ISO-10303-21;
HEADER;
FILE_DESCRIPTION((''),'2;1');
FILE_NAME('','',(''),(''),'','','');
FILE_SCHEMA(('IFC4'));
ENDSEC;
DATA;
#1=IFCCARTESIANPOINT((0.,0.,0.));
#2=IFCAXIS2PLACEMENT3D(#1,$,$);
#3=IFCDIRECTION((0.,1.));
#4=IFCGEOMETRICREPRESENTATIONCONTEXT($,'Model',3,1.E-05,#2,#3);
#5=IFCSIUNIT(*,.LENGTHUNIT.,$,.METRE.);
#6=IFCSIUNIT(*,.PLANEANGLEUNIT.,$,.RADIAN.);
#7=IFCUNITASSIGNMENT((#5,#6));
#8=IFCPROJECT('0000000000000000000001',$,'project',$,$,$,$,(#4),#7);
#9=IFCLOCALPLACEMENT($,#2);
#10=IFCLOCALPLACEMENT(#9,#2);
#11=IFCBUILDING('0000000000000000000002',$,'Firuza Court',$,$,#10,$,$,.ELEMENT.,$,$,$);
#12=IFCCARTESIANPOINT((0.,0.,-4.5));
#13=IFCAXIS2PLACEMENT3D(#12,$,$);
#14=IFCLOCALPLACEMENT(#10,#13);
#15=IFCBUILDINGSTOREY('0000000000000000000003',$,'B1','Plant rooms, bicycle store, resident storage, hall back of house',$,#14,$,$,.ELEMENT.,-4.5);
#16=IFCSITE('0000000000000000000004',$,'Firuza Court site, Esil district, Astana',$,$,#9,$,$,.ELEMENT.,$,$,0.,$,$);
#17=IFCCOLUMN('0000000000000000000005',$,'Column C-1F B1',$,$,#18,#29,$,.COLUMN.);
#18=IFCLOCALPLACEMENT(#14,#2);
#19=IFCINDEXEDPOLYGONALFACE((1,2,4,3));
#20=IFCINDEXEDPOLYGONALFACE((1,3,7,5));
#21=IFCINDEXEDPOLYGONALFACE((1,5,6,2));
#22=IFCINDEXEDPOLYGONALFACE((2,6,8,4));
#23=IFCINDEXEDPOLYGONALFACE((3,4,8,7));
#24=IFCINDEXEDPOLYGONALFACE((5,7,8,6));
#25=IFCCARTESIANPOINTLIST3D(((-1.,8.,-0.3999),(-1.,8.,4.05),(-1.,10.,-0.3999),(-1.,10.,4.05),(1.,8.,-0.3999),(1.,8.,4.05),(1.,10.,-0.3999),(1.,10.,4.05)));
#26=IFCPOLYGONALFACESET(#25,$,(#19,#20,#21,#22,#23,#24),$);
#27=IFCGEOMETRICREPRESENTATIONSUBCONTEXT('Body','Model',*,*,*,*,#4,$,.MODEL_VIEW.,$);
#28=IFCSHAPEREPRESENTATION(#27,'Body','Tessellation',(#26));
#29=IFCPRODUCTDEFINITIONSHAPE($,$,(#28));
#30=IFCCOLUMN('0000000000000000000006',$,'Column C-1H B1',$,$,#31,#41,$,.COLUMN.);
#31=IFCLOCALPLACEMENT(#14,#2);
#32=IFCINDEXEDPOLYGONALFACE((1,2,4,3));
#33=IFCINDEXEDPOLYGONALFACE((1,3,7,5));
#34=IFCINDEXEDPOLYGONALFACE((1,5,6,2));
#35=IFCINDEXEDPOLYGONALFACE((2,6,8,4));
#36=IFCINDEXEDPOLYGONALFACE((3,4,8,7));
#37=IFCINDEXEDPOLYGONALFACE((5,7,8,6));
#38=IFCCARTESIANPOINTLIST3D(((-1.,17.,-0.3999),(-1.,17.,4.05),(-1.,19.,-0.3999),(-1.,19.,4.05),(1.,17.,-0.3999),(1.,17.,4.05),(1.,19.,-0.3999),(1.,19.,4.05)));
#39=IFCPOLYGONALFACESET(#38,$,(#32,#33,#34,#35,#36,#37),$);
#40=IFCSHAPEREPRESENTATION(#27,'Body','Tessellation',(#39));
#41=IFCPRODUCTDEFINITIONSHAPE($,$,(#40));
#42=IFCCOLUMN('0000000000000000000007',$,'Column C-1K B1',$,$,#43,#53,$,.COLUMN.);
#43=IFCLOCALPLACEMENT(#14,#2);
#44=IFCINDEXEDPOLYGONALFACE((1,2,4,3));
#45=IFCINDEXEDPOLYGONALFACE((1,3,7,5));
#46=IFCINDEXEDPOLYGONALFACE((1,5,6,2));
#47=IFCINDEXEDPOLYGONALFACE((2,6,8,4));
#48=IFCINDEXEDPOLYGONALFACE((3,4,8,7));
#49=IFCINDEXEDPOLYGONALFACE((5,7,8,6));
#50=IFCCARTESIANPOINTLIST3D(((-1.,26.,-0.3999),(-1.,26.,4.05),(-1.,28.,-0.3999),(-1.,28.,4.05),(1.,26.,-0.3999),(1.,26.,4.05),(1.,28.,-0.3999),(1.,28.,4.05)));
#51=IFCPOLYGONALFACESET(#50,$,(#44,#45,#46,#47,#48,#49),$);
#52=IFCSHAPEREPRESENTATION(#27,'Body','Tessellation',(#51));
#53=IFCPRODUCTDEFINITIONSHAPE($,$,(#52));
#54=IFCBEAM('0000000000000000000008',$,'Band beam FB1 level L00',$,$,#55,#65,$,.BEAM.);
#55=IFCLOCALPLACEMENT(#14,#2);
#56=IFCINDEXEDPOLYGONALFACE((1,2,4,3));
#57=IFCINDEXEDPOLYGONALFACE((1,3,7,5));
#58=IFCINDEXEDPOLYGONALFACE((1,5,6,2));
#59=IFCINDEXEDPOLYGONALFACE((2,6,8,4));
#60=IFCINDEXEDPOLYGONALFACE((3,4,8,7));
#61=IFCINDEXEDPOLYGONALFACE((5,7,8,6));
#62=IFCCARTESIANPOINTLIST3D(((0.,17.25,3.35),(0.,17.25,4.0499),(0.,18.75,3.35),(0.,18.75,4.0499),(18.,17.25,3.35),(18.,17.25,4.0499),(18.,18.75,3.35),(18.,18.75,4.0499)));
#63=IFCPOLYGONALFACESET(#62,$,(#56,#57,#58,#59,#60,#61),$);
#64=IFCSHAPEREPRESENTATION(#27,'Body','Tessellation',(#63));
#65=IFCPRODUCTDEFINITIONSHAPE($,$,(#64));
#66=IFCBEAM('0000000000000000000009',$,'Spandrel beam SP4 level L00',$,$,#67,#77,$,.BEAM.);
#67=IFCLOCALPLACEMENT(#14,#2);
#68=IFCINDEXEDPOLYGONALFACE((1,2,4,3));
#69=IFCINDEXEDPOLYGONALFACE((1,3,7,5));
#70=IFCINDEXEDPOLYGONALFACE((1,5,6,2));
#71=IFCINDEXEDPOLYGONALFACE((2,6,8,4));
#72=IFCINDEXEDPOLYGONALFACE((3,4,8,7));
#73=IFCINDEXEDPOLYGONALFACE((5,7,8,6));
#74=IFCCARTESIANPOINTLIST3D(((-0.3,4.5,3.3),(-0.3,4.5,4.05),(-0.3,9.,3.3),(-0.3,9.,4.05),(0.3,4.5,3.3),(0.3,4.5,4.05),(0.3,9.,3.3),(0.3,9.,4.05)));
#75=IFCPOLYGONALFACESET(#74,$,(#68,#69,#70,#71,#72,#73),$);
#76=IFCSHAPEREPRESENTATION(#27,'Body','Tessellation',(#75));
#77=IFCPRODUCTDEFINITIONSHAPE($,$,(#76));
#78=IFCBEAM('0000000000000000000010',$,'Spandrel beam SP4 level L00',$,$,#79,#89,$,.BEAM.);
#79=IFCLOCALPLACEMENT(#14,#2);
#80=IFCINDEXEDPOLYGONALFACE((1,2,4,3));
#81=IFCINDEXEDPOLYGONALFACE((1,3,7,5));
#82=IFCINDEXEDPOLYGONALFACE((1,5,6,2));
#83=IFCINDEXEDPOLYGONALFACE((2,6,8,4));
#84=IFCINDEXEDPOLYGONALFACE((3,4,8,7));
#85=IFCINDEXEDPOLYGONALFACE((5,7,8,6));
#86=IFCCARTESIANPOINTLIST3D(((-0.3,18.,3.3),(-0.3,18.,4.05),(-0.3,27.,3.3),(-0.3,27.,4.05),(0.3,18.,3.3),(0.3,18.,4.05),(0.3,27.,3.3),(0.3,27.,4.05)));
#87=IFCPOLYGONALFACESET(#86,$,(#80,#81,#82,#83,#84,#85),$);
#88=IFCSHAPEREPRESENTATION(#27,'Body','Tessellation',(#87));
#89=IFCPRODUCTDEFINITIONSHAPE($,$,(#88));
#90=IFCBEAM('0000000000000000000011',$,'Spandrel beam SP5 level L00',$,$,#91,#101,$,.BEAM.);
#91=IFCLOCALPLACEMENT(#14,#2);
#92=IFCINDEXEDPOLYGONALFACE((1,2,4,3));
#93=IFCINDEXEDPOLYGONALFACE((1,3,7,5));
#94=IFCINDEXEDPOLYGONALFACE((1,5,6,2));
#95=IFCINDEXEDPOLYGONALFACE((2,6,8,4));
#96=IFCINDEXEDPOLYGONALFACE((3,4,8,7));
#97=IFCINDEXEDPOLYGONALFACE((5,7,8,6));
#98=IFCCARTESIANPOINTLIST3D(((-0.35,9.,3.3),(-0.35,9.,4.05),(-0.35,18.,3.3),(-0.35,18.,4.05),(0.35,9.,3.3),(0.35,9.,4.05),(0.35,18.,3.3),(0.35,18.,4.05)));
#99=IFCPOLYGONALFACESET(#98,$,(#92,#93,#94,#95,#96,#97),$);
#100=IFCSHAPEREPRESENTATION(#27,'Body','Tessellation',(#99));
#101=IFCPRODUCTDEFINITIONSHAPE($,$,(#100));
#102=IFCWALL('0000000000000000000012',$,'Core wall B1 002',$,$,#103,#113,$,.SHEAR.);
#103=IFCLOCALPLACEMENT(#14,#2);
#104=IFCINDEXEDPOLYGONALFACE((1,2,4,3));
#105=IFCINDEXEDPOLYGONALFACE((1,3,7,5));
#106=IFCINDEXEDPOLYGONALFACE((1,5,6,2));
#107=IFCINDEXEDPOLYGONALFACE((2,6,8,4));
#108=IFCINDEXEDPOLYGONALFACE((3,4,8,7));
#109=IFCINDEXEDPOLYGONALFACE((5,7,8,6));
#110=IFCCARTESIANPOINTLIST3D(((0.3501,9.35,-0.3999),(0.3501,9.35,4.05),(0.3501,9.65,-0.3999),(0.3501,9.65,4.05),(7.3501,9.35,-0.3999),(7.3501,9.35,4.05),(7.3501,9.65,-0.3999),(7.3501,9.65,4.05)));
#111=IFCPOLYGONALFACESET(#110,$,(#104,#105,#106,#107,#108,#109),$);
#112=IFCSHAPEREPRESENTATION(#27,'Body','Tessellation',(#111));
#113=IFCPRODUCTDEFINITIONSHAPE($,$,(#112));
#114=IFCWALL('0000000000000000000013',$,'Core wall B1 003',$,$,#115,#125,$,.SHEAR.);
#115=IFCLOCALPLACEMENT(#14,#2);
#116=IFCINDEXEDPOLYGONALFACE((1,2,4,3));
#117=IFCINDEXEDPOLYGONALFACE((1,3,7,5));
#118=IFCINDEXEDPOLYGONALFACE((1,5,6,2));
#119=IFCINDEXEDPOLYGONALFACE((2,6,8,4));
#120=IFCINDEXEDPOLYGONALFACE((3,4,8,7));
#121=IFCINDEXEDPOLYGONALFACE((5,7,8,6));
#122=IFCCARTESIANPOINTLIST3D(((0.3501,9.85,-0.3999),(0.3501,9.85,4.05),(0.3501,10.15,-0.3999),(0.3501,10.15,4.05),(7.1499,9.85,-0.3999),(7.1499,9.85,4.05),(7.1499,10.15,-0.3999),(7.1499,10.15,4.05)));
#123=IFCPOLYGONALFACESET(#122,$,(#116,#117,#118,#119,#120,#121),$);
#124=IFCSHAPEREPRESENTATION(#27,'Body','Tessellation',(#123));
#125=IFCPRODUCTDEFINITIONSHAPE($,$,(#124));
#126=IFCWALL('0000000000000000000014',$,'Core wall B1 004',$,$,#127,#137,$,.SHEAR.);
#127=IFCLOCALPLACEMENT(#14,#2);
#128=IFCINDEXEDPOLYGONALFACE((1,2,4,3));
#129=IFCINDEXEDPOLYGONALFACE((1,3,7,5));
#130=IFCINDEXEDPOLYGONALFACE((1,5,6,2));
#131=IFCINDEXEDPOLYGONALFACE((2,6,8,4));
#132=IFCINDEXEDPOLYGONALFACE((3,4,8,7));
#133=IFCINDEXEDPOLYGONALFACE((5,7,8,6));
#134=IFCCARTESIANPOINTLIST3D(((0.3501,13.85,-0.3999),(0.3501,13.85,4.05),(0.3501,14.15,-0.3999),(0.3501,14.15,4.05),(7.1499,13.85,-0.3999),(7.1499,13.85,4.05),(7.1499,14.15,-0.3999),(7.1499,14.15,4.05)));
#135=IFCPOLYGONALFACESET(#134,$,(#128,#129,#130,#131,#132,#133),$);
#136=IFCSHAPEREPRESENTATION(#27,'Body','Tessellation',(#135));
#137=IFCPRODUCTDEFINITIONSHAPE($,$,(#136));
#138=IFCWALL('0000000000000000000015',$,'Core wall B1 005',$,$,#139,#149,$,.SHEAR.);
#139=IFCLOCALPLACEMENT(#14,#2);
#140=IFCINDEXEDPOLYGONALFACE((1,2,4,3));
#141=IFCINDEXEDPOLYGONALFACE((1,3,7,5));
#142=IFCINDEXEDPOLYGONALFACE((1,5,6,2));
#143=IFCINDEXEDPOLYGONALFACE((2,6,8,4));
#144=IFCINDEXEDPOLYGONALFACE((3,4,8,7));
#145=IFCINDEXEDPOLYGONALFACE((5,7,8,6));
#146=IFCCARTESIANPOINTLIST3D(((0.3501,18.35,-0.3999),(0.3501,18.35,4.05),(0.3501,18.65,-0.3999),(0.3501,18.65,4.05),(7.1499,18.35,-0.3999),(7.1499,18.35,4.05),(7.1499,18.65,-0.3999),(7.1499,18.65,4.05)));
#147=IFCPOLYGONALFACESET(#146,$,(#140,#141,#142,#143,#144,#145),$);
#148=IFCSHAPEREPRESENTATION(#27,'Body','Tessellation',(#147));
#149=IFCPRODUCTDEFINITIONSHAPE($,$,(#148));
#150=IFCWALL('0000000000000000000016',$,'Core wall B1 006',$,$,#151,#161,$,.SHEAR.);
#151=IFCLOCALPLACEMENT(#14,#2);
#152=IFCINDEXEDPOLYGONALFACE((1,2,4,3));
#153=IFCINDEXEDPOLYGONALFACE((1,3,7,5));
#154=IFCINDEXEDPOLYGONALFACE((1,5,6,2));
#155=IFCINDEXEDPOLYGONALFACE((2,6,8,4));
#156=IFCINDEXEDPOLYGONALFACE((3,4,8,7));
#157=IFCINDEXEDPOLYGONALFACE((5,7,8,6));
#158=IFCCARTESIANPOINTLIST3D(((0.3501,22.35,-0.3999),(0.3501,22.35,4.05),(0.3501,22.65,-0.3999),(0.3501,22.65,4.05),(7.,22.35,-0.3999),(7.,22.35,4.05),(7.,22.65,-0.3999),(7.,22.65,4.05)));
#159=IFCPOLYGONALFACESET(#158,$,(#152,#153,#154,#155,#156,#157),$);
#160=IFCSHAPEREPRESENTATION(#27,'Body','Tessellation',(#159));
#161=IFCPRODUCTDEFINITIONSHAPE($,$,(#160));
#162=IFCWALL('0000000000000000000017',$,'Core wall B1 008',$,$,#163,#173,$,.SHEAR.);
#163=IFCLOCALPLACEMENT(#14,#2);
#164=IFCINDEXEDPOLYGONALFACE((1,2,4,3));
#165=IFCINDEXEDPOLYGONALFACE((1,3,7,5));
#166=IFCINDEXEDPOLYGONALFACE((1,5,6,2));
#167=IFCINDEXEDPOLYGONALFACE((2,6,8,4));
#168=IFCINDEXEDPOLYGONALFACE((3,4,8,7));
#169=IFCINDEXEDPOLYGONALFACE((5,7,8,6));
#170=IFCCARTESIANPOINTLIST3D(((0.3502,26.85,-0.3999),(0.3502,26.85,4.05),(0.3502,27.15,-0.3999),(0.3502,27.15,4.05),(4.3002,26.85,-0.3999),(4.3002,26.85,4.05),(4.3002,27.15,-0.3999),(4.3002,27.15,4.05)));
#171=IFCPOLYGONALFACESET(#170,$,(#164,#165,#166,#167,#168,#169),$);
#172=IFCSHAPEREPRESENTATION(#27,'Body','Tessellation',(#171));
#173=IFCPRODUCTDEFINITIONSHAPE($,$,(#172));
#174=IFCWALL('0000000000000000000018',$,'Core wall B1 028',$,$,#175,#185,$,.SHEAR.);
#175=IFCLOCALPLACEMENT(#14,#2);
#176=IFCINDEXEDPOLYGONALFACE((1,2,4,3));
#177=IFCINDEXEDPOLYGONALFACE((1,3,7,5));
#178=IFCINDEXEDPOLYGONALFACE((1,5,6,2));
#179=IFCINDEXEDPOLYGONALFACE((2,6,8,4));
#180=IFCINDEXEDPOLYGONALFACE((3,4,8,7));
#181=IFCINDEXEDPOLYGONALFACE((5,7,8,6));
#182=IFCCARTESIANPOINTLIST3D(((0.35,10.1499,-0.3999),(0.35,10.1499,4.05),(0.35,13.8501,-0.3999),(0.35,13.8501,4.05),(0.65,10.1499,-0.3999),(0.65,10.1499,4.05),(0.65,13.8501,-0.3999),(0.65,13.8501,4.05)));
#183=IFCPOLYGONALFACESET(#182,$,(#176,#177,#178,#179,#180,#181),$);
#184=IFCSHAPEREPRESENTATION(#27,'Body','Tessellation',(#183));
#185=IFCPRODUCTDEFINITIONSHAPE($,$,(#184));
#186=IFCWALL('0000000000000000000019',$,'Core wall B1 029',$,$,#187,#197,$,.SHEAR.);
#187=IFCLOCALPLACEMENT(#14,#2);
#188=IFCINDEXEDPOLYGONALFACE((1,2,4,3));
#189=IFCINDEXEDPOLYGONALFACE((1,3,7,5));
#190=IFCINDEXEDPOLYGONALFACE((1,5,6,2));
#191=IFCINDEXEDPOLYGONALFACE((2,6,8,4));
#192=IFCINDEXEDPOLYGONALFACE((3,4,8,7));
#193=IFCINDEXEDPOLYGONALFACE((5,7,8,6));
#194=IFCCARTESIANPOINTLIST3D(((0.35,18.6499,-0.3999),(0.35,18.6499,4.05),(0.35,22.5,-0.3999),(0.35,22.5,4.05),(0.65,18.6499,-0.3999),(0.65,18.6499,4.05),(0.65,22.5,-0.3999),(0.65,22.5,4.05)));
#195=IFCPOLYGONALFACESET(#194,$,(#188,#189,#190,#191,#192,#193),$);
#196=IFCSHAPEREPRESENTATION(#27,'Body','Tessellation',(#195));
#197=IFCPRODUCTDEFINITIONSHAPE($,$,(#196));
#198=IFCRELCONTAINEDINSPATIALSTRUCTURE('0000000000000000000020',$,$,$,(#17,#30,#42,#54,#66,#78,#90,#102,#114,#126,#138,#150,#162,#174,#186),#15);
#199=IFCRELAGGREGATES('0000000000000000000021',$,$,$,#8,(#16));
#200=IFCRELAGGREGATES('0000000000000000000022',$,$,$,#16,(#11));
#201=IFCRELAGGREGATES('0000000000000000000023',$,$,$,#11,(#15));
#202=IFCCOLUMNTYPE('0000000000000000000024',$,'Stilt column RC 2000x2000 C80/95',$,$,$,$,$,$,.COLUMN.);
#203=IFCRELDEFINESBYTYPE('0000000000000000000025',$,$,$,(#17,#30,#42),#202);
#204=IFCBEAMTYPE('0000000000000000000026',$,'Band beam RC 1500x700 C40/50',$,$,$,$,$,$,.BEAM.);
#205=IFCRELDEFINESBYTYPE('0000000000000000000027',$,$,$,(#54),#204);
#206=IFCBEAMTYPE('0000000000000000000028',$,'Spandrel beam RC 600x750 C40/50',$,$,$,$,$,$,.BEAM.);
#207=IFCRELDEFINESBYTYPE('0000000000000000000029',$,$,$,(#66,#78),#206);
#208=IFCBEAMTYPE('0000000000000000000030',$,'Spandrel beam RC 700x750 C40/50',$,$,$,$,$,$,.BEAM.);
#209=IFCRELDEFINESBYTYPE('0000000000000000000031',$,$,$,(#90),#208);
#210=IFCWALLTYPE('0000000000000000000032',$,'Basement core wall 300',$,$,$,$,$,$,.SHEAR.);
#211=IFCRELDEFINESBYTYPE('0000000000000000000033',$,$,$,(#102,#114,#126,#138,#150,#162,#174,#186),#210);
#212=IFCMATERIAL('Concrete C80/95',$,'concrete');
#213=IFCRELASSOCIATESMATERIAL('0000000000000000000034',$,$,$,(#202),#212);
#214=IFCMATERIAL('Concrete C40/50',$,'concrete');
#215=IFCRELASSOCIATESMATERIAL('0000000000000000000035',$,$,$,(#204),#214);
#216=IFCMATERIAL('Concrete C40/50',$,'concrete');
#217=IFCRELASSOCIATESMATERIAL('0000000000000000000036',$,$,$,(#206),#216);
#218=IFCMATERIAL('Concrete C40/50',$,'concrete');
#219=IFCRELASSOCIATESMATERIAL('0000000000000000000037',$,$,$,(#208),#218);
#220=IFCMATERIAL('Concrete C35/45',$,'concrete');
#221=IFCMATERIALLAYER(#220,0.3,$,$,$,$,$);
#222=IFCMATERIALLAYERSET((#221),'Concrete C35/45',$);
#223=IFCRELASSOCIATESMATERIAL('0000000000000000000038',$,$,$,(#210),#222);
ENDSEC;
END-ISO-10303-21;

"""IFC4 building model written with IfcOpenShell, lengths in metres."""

from ifc_helpers import new_model, si_unit, direction, frame, frame_2d, origin, origin_2d, place, context, subcontext, project, spatial, rectangle, extrude, material, layer, layer_set, material_profile, profile_set, type_object, element, save


model = new_model("IFC4")

# Units and contexts
model_context = context("Model", 3, precision=1e-05, world=origin(), true_north=direction((0.0, 1.0)))
body_context = subcontext(model_context, "Body", "Model", "MODEL_VIEW")
ifc_project = project(units=[si_unit("LENGTHUNIT", "METRE"), si_unit("PLANEANGLEUNIT", "RADIAN")], contexts=[model_context])

# Site, building, storey
site_placement = place(None, origin())
site = spatial("IfcSite", under=ifc_project, at=site_placement, Name="Firuza Court site, Esil district, Astana", CompositionType="ELEMENT", RefElevation=0.0)
building_placement = place(site_placement, origin())
building = spatial("IfcBuilding", under=site, at=building_placement, Name="Firuza Court", CompositionType="ELEMENT")
storey_placement = place(building_placement, frame((0.0, 0.0, -4.5)))
storey = spatial("IfcBuildingStorey", under=building, at=storey_placement, Name="B1", Description="Plant rooms, bicycle store, resident storage, hall back of house", CompositionType="ELEMENT", Elevation=-4.5)

# Columns
ifc_material_1 = material(Name="Concrete C80/95", Category="concrete")
ifc_material_profile_1 = material_profile(ifc_material_1, rectangle(XDim=2.0, YDim=2.0, at=origin_2d()), Name="RC 2000x2000")
ifc_profile_set_1 = profile_set([ifc_material_profile_1], Name="Concrete C80/95")
column_type = type_object("IfcColumnType", Name="Stilt column RC 2000x2000 C80/95", PredefinedType="COLUMN", material=ifc_profile_set_1)
for number, where, z_axis, x_axis, name in (
    (1, (0.0, 9.0, -0.3999), (0.0, 0.0, 1.0), (1.0, 0.0, 0.0), "Column C-1F B1"),
    (2, (0.0, 18.0, -0.3999), (0.0, 0.0, 1.0), (1.0, 0.0, 0.0), "Column C-1H B1"),
    (3, (0.0, 27.0, -0.3999), (0.0, 0.0, 1.0), (1.0, 0.0, 0.0), "Column C-1K B1"),
):
    element("IfcColumn", number, at=place(storey_placement, frame(where, z_axis=z_axis, x_axis=x_axis)), inside=storey, type_object=column_type, Name=name, PredefinedType="COLUMN", context=body_context, shape_type="SweptSolid", body=[
        extrude(rectangle(XDim=2.0, YDim=2.0, at=origin_2d()), origin(), (0.0, 0.0, 1.0), 4.45),
    ])

# Beams
ifc_material_2 = material(Name="Concrete C40/50", Category="concrete")
ifc_material_profile_2 = material_profile(ifc_material_2, rectangle(XDim=1.5, YDim=0.7, at=origin_2d()), Name="RC 1500x700")
ifc_profile_set_2 = profile_set([ifc_material_profile_2], Name="Concrete C40/50")
beam_type_1 = type_object("IfcBeamType", Name="Band beam RC 1500x700 C40/50", PredefinedType="BEAM", material=ifc_profile_set_2)
beam_1_placement = place(storey_placement, frame((0.0, 18.0, 3.7), z_axis=(1.0, 0.0, 0.0), x_axis=(0.0, 1.0, 0.0)))
element("IfcBeam", 4, at=beam_1_placement, inside=storey, type_object=beam_type_1, Name="Band beam FB1 level L00", PredefinedType="BEAM", context=body_context, shape_type="SweptSolid", body=[
    extrude(rectangle(XDim=1.5, YDim=0.7, at=origin_2d()), origin(), (0.0, 0.0, 1.0), 18.0),
])
ifc_material_3 = material(Name="Concrete C40/50", Category="concrete")
ifc_material_profile_3 = material_profile(ifc_material_3, rectangle(XDim=0.6001, YDim=0.75, at=origin_2d()), Name="RC 600x750")
ifc_profile_set_3 = profile_set([ifc_material_profile_3], Name="Concrete C40/50")
beam_type_2 = type_object("IfcBeamType", Name="Spandrel beam RC 600x750 C40/50", PredefinedType="BEAM", material=ifc_profile_set_3)
beam_2_placement = place(storey_placement, frame((0.0, 9.0, 3.675), z_axis=(0.0, -1.0, 0.0), x_axis=(1.0, 0.0, 0.0)))
element("IfcBeam", 5, at=beam_2_placement, inside=storey, type_object=beam_type_2, Name="Spandrel beam SP4 level L00", PredefinedType="BEAM", context=body_context, shape_type="SweptSolid", body=[
    extrude(rectangle(XDim=0.6001, YDim=0.75, at=origin_2d()), origin(), (0.0, 0.0, 1.0), 4.5),
])
beam_3_placement = place(storey_placement, frame((0.0, 27.0, 3.675), z_axis=(0.0, -1.0, 0.0), x_axis=(1.0, 0.0, 0.0)))
element("IfcBeam", 6, at=beam_3_placement, inside=storey, type_object=beam_type_2, Name="Spandrel beam SP4 level L00", PredefinedType="BEAM", context=body_context, shape_type="SweptSolid", body=[
    extrude(rectangle(XDim=0.6001, YDim=0.75, at=origin_2d()), origin(), (0.0, 0.0, 1.0), 9.0),
])
ifc_material_4 = material(Name="Concrete C40/50", Category="concrete")
ifc_material_profile_4 = material_profile(ifc_material_4, rectangle(XDim=0.7, YDim=0.75, at=origin_2d()), Name="RC 700x750")
ifc_profile_set_4 = profile_set([ifc_material_profile_4], Name="Concrete C40/50")
beam_type_3 = type_object("IfcBeamType", Name="Spandrel beam RC 700x750 C40/50", PredefinedType="BEAM", material=ifc_profile_set_4)
beam_4_placement = place(storey_placement, frame((0.0, 18.0, 3.675), z_axis=(0.0, -1.0, 0.0), x_axis=(1.0, 0.0, 0.0)))
element("IfcBeam", 7, at=beam_4_placement, inside=storey, type_object=beam_type_3, Name="Spandrel beam SP5 level L00", PredefinedType="BEAM", context=body_context, shape_type="SweptSolid", body=[
    extrude(rectangle(XDim=0.7, YDim=0.75, at=origin_2d()), origin(), (0.0, 0.0, 1.0), 9.0),
])

# Walls
ifc_material_5 = material(Name="Concrete C35/45", Category="concrete")
ifc_layer = layer(ifc_material_5, 0.3)
ifc_layer_set = layer_set([ifc_layer], Name="Concrete C35/45")
wall_type = type_object("IfcWallType", Name="Basement core wall 300", PredefinedType="SHEAR", material=ifc_layer_set)
wall_1_placement = place(storey_placement, frame((0.3501, 9.5, -0.3999), z_axis=(0.0, 0.0, 1.0), x_axis=(1.0, 0.0, 0.0)))
element("IfcWall", 8, at=wall_1_placement, inside=storey, type_object=wall_type, Name="Core wall B1 002", PredefinedType="SHEAR", context=body_context, shape_type="SweptSolid", body=[
    extrude(rectangle(XDim=7.0, YDim=0.3, at=frame_2d((3.5, 0.0))), origin(), (0.0, 0.0, 1.0), 4.45),
])
for number, where, z_axis, x_axis, name in (
    (9, (0.3501, 10.0, -0.3999), (0.0, 0.0, 1.0), (1.0, 0.0, 0.0), "Core wall B1 003"),
    (10, (0.3501, 14.0, -0.3999), (0.0, 0.0, 1.0), (1.0, 0.0, 0.0), "Core wall B1 004"),
    (11, (0.3501, 18.5, -0.3999), (0.0, 0.0, 1.0), (1.0, 0.0, 0.0), "Core wall B1 005"),
):
    element("IfcWall", number, at=place(storey_placement, frame(where, z_axis=z_axis, x_axis=x_axis)), inside=storey, type_object=wall_type, Name=name, PredefinedType="SHEAR", context=body_context, shape_type="SweptSolid", body=[
        extrude(rectangle(XDim=6.7998, YDim=0.3, at=frame_2d((3.3999, 0.0))), origin(), (0.0, 0.0, 1.0), 4.45),
    ])
wall_2_placement = place(storey_placement, frame((0.3501, 22.5, -0.3999), z_axis=(0.0, 0.0, 1.0), x_axis=(1.0, 0.0, 0.0)))
element("IfcWall", 12, at=wall_2_placement, inside=storey, type_object=wall_type, Name="Core wall B1 006", PredefinedType="SHEAR", context=body_context, shape_type="SweptSolid", body=[
    extrude(rectangle(XDim=6.6499, YDim=0.3, at=frame_2d((3.325, 0.0))), origin(), (0.0, 0.0, 1.0), 4.45),
])
wall_3_placement = place(storey_placement, frame((0.3501, 27.0, -0.3999), z_axis=(0.0, 0.0, 1.0), x_axis=(1.0, 0.0, 0.0)))
element("IfcWall", 13, at=wall_3_placement, inside=storey, type_object=wall_type, Name="Core wall B1 008", PredefinedType="SHEAR", context=body_context, shape_type="SweptSolid", body=[
    extrude(rectangle(XDim=3.95, YDim=0.3, at=frame_2d((1.9751, 0.0))), origin(), (0.0, 0.0, 1.0), 4.45),
])
wall_4_placement = place(storey_placement, frame((0.5, 10.1499, -0.3999), z_axis=(0.0, 0.0, 1.0), x_axis=(0.0, 1.0, 0.0)))
element("IfcWall", 14, at=wall_4_placement, inside=storey, type_object=wall_type, Name="Core wall B1 028", PredefinedType="SHEAR", context=body_context, shape_type="SweptSolid", body=[
    extrude(rectangle(XDim=3.7002, YDim=0.3, at=frame_2d((1.8501, 0.0))), origin(), (0.0, 0.0, 1.0), 4.45),
])
wall_5_placement = place(storey_placement, frame((0.5, 18.6499, -0.3999), z_axis=(0.0, 0.0, 1.0), x_axis=(0.0, 1.0, 0.0)))
element("IfcWall", 15, at=wall_5_placement, inside=storey, type_object=wall_type, Name="Core wall B1 029", PredefinedType="SHEAR", context=body_context, shape_type="SweptSolid", body=[
    extrude(rectangle(XDim=3.8501, YDim=0.3, at=frame_2d((1.925, 0.0))), origin(), (0.0, 0.0, 1.0), 4.45),
])

save(model, "model.ifc")
